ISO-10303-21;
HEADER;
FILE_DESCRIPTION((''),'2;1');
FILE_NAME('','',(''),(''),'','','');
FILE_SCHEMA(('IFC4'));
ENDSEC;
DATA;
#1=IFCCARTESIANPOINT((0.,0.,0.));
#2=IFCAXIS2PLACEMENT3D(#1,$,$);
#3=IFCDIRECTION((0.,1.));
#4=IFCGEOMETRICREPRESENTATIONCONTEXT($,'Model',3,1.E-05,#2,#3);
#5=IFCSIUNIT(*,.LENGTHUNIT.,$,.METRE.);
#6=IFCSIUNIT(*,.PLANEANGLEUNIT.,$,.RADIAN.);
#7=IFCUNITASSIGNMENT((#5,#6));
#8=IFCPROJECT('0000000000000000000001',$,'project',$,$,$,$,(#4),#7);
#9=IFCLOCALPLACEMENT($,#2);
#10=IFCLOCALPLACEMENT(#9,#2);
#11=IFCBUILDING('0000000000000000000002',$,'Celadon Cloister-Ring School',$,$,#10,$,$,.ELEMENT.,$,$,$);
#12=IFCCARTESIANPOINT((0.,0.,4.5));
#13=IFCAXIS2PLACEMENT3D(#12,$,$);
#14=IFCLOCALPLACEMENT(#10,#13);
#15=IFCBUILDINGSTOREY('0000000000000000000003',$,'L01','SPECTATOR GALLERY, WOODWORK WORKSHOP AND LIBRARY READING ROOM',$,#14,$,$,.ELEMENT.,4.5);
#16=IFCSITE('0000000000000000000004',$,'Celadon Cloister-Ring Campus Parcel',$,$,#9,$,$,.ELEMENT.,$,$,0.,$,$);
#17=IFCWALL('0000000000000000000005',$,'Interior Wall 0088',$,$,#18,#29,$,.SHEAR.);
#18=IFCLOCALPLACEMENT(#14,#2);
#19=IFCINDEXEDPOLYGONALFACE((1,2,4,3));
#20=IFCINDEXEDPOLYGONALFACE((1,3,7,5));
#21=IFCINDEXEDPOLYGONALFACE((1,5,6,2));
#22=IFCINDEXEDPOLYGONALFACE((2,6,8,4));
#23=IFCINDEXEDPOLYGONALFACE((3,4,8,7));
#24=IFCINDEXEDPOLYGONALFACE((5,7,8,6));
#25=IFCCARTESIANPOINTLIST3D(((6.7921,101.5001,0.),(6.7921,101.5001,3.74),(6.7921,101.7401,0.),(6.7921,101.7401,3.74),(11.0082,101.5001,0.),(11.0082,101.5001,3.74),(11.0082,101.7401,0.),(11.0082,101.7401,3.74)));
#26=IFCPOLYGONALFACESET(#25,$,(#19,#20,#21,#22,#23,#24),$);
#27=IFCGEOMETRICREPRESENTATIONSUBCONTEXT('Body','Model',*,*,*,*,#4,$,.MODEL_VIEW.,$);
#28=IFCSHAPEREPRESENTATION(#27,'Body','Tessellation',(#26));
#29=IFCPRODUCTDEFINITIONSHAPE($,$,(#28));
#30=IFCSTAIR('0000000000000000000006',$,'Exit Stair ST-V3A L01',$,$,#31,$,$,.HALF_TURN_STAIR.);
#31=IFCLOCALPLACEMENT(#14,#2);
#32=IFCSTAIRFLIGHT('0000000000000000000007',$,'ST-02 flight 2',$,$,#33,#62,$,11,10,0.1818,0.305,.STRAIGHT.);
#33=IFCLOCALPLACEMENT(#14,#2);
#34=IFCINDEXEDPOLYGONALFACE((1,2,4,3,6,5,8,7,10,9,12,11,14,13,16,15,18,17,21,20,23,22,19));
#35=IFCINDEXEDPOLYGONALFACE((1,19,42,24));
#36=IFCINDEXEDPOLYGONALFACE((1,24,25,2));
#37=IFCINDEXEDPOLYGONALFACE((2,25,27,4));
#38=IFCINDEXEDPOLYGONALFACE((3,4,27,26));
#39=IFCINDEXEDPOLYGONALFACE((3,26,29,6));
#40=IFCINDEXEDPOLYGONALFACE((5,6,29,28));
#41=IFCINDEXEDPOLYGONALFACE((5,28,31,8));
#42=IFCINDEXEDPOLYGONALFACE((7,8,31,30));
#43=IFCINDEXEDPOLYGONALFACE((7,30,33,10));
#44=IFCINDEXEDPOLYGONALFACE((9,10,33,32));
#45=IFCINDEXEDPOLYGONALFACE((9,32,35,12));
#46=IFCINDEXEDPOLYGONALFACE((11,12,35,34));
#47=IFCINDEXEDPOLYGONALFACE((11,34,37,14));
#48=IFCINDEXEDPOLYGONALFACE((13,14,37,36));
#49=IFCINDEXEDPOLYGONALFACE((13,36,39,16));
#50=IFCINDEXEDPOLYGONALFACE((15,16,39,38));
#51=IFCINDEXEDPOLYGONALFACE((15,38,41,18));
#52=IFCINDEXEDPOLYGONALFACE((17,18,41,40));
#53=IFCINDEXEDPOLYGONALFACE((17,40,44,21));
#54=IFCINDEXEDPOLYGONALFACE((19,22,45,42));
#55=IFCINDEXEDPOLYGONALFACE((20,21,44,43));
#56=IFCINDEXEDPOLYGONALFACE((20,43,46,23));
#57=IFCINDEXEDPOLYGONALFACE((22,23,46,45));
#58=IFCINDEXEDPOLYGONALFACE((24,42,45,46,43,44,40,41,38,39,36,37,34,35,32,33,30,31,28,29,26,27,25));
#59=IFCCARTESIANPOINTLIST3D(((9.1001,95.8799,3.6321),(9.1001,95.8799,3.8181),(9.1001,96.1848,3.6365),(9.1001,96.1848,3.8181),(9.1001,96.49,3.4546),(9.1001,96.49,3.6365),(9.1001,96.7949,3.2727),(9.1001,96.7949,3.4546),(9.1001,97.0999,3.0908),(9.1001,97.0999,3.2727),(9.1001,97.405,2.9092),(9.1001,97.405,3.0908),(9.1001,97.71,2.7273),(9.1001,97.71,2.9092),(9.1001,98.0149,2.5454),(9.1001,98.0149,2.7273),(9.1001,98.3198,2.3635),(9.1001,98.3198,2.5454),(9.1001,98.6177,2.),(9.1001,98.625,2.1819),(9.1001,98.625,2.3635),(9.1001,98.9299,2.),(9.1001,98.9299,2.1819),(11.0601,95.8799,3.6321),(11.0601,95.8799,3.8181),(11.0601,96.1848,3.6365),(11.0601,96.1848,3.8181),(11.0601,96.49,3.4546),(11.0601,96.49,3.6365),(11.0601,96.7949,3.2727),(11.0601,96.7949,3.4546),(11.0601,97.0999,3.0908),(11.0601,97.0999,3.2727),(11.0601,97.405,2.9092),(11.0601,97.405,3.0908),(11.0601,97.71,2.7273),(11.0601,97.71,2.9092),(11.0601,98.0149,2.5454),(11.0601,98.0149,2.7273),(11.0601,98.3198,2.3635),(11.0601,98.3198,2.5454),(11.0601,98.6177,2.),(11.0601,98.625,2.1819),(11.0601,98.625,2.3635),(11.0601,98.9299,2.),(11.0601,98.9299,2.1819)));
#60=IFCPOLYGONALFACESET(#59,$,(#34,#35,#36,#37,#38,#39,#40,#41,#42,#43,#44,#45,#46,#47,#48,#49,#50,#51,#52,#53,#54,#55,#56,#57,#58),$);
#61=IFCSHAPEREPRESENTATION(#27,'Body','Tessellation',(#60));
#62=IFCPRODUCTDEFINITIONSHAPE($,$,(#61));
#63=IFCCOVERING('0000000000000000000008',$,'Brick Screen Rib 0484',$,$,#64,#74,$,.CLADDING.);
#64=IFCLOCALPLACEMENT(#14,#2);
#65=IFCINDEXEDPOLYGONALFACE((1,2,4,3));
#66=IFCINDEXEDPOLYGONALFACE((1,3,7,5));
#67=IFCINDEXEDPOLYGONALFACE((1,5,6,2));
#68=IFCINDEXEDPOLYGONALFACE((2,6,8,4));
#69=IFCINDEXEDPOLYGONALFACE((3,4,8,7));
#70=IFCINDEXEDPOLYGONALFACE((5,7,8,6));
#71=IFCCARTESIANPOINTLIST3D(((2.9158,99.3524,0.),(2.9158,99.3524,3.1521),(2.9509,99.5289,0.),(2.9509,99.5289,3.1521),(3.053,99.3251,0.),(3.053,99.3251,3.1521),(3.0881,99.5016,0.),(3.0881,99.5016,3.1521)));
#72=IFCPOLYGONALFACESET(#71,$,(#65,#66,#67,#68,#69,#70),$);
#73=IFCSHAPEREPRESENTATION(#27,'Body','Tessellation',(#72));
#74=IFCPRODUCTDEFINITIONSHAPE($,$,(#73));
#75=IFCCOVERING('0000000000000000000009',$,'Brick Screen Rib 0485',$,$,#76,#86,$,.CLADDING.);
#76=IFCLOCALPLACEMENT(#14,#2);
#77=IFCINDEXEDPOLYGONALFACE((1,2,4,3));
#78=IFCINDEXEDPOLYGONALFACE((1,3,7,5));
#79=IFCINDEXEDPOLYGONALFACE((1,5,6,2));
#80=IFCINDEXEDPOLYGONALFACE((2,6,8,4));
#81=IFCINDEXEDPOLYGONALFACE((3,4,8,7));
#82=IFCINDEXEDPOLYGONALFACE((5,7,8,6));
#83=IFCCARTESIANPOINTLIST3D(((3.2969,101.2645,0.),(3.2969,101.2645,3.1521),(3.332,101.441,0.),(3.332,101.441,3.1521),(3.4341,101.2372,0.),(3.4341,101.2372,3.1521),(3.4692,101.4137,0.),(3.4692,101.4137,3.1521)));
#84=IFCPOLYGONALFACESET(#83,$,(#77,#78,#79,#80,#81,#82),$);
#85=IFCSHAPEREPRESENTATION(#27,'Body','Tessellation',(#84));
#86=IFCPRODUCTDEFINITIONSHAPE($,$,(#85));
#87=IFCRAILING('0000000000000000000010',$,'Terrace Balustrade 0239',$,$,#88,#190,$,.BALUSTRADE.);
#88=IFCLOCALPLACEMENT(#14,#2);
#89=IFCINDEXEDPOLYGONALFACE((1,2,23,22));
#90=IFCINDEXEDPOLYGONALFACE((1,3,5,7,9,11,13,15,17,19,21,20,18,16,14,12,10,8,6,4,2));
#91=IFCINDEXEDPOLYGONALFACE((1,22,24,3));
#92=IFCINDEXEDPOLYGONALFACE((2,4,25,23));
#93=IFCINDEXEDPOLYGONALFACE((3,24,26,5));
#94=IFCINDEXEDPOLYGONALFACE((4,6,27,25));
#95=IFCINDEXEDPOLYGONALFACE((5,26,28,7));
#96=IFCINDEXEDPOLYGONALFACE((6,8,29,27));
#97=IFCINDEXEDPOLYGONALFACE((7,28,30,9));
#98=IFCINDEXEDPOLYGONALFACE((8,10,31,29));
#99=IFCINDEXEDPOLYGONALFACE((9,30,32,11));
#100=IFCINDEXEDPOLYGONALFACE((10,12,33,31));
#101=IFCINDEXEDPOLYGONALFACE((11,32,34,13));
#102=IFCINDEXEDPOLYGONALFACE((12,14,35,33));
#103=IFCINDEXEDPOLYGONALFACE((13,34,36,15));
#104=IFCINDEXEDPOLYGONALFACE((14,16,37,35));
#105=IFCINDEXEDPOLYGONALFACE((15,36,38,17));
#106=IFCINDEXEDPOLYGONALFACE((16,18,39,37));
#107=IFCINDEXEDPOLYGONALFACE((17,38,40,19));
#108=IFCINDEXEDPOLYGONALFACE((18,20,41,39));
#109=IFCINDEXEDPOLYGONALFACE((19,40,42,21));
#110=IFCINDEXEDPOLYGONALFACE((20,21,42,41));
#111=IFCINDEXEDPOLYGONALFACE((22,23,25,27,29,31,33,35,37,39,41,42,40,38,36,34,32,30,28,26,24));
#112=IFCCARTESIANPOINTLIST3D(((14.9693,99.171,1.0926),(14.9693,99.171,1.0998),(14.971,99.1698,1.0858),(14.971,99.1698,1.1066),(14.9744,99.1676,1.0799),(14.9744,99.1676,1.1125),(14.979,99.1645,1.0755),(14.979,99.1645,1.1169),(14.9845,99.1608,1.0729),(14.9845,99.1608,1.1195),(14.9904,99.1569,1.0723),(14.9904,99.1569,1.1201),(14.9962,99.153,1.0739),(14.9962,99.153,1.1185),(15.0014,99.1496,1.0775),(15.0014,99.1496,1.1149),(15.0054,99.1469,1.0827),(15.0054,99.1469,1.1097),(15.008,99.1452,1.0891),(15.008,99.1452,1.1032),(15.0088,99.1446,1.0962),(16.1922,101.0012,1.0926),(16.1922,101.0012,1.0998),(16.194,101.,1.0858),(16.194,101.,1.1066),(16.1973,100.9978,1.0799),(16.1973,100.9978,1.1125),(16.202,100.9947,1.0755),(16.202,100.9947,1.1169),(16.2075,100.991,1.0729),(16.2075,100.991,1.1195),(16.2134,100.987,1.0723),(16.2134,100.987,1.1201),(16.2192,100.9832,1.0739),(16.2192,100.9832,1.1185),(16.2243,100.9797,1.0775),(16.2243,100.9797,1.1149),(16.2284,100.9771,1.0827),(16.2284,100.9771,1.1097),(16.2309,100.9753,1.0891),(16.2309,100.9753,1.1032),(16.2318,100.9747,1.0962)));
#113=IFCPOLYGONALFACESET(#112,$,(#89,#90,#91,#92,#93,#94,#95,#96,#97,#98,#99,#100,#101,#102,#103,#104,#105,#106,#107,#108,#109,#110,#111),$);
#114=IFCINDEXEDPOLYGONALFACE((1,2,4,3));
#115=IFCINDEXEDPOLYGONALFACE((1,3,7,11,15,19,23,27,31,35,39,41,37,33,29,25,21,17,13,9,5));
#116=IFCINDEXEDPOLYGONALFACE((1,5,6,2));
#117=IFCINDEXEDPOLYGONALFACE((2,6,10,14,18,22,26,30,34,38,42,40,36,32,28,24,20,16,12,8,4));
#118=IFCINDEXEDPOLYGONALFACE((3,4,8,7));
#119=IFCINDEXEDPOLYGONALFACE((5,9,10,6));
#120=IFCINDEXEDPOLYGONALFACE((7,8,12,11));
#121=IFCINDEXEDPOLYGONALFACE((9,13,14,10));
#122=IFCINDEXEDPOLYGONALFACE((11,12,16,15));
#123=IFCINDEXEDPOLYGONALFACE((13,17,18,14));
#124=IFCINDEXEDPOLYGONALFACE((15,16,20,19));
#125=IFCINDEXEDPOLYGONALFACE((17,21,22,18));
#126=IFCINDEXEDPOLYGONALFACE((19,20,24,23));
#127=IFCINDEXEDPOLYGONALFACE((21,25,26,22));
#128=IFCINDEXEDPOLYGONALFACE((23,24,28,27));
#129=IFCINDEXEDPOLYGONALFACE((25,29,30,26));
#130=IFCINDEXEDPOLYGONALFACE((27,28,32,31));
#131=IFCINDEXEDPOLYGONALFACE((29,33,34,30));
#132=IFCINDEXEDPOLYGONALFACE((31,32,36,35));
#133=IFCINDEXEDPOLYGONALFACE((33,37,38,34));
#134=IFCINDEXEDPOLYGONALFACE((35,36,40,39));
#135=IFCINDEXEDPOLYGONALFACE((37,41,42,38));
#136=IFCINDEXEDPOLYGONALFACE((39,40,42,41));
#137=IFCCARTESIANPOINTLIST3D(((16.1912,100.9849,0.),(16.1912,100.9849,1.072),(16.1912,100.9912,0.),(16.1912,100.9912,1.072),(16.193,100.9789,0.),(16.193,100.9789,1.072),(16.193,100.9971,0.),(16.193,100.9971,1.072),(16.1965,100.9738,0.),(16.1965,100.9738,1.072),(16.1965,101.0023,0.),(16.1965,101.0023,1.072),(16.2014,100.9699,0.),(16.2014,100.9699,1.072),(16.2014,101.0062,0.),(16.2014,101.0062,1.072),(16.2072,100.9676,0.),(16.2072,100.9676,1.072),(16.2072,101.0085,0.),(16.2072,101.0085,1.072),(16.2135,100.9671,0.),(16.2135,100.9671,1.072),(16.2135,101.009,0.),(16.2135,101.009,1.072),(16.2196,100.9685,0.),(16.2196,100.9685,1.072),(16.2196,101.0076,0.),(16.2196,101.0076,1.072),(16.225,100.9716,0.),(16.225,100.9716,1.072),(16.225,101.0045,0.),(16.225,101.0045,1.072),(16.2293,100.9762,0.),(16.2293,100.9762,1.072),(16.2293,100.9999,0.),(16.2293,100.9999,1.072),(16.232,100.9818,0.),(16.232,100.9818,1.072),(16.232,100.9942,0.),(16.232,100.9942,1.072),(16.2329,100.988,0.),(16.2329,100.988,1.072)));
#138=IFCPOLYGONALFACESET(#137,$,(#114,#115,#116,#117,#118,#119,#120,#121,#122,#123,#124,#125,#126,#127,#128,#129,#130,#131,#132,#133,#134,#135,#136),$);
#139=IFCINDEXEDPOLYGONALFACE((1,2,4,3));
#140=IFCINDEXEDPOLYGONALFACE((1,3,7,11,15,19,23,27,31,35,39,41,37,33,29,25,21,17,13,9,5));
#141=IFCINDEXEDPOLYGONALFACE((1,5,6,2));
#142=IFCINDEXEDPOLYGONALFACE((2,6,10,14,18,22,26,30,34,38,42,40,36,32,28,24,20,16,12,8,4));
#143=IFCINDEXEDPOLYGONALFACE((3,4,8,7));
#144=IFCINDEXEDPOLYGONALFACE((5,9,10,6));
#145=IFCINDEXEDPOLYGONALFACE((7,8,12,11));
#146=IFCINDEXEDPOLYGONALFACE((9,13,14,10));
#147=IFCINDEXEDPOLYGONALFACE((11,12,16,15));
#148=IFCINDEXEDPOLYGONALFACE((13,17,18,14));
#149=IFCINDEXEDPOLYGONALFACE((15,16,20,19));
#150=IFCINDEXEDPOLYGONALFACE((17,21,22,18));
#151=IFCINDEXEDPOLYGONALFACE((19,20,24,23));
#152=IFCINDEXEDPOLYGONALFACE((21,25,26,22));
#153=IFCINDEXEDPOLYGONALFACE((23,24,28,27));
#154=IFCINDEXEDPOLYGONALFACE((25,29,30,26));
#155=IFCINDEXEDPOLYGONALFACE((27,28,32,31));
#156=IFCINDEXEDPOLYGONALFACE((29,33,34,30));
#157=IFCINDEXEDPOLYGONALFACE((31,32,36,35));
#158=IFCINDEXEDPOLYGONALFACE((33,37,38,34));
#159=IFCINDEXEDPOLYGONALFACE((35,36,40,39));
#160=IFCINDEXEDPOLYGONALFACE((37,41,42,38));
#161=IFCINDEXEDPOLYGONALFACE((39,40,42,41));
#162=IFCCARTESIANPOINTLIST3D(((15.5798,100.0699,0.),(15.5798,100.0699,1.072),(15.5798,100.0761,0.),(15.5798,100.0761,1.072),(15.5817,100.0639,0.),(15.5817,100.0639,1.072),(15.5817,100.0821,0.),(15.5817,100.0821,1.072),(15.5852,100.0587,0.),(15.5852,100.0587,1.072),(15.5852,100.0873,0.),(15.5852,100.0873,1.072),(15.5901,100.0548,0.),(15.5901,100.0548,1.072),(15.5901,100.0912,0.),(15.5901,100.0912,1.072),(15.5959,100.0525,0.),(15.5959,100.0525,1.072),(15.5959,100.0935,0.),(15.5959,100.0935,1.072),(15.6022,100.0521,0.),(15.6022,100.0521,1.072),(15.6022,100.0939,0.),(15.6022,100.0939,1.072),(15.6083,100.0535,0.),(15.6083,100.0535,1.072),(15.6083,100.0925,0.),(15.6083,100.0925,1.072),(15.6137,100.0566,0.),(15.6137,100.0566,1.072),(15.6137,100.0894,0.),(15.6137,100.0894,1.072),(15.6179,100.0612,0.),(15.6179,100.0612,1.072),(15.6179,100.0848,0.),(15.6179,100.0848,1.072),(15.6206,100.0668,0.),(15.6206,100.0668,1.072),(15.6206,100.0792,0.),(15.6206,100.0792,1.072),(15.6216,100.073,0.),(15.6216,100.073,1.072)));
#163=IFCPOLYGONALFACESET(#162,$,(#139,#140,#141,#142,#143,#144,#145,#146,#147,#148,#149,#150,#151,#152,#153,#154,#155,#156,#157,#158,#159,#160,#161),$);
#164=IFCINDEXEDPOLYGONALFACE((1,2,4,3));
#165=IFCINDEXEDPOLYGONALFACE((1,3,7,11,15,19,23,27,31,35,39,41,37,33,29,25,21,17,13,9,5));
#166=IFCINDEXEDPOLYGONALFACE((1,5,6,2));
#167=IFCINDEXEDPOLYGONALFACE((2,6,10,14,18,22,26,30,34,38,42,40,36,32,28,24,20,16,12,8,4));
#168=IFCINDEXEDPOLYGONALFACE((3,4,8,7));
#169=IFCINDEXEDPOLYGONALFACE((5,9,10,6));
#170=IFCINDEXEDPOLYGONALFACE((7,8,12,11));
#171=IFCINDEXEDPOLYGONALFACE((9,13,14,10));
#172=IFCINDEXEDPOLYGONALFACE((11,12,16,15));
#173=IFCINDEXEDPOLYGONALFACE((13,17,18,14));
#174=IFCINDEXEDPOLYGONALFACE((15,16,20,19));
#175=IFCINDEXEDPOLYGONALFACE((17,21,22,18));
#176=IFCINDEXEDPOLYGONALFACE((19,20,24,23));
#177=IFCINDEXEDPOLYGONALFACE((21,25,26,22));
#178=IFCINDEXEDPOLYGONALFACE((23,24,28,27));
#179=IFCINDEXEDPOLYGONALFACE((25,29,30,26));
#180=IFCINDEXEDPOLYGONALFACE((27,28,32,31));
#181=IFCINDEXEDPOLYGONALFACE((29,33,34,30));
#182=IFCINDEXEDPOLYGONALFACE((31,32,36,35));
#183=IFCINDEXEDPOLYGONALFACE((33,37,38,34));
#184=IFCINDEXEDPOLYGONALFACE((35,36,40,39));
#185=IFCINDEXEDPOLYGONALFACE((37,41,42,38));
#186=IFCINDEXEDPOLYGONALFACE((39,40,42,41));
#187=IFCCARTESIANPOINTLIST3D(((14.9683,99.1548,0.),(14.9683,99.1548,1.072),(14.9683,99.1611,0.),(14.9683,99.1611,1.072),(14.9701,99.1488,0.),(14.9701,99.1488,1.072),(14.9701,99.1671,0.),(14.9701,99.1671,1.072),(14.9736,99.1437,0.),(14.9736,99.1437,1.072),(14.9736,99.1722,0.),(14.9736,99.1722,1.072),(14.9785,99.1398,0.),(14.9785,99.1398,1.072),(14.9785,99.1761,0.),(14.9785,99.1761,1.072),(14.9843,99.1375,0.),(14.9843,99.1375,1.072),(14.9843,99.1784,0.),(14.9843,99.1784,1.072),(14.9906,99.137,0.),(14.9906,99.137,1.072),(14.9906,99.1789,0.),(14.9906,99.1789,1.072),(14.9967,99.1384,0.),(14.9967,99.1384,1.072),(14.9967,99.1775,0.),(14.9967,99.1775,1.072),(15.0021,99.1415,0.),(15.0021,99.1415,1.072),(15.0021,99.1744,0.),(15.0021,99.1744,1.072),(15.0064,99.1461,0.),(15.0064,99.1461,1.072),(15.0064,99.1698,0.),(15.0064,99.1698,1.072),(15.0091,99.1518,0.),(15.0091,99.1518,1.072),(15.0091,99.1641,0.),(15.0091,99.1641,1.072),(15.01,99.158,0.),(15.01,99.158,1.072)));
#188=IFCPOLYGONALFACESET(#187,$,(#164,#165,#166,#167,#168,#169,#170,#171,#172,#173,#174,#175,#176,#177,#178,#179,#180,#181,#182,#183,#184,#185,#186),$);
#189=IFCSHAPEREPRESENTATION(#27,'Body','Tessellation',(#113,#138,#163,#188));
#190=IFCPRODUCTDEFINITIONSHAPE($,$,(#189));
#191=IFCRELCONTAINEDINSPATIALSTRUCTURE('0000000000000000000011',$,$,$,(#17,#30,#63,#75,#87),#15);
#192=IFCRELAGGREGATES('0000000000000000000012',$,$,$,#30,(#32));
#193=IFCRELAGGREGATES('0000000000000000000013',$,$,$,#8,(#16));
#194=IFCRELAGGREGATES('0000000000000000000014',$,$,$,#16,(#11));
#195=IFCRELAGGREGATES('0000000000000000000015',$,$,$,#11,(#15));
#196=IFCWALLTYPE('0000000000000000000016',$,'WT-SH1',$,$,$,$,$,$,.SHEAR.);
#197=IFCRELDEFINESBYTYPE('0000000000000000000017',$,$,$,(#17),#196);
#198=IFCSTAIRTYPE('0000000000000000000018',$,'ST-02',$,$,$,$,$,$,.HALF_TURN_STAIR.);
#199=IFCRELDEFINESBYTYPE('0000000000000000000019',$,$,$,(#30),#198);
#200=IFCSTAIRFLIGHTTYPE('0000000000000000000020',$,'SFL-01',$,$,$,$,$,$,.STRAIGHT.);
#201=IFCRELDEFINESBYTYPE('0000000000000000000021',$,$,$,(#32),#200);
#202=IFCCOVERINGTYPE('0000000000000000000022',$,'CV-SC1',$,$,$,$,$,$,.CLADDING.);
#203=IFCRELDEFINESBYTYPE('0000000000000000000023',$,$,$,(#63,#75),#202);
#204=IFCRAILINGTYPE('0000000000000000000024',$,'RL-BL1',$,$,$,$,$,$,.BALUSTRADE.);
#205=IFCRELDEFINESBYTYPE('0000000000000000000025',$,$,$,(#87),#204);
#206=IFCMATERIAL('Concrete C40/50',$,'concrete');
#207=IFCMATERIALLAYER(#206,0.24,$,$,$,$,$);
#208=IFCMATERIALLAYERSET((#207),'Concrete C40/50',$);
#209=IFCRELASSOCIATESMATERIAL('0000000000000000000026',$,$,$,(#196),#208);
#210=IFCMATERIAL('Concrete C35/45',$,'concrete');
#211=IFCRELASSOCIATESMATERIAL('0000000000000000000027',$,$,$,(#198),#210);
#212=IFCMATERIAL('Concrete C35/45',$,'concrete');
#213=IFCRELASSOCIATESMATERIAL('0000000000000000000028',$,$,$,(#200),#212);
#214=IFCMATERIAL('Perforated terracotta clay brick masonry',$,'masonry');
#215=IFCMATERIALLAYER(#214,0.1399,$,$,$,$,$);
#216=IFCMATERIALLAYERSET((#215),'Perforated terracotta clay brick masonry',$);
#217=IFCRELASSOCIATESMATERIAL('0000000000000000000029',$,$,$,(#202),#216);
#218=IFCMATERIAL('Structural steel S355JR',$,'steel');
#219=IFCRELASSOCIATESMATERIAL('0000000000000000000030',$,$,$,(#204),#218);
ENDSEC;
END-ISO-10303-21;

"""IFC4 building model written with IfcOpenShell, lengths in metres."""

from ifc_helpers import new_model, si_unit, direction, frame, frame_2d, origin, origin_2d, place, context, subcontext, project, spatial, polyline, rectangle, circle, outline, extrude, material, layer, layer_set, type_object, element, aggregate, save


model = new_model("IFC4")

# Units and contexts
model_context = context("Model", 3, precision=1e-05, world=origin(), true_north=direction((0.0, 1.0)))
body_context = subcontext(model_context, "Body", "Model", "MODEL_VIEW")
ifc_project = project(units=[si_unit("LENGTHUNIT", "METRE"), si_unit("PLANEANGLEUNIT", "RADIAN")], contexts=[model_context])

# Site, building, storey
site_placement = place(None, origin())
site = spatial("IfcSite", under=ifc_project, at=site_placement, Name="Celadon Cloister-Ring Campus Parcel", CompositionType="ELEMENT", RefElevation=0.0)
building_placement = place(site_placement, origin())
building = spatial("IfcBuilding", under=site, at=building_placement, Name="Celadon Cloister-Ring School", CompositionType="ELEMENT")
storey_placement = place(building_placement, frame((0.0, 0.0, 4.5)))
storey = spatial("IfcBuildingStorey", under=building, at=storey_placement, Name="L01", Description="SPECTATOR GALLERY, WOODWORK WORKSHOP AND LIBRARY READING ROOM", CompositionType="ELEMENT", Elevation=4.5)

# Shared definitions
ifc_material_1 = material(Name="Concrete C40/50", Category="concrete")
ifc_layer_1 = layer(ifc_material_1, 0.24)
ifc_layer_set_1 = layer_set([ifc_layer_1], Name="Concrete C40/50")
wall_type_1 = type_object("IfcWallType", Name="WT-SH1", PredefinedType="SHEAR", material=ifc_layer_set_1)

# Wall
wall_1_placement = place(storey_placement, frame((11.0081, 101.6201, 0.0), z_axis=(0.0, 0.0, 1.0), x_axis=(-1.0, 0.0, 0.0)))
element("IfcWall", 1, at=wall_1_placement, inside=storey, type_object=wall_type_1, Name="Interior Wall 0088", PredefinedType="SHEAR", context=body_context, shape_type="SweptSolid", body=[
    extrude(rectangle(XDim=4.2161, YDim=0.24, at=frame_2d((2.1079, 0.0))), origin(), (0.0, 0.0, 1.0), 3.74),
])

# Stair, stair flight
ifc_material_2 = material(Name="Concrete C35/45", Category="concrete")
stair_type = type_object("IfcStairType", Name="ST-02", PredefinedType="HALF_TURN_STAIR", material=ifc_material_2)
stair_placement = place(storey_placement, origin())
stair = element("IfcStair", 2, at=stair_placement, inside=storey, type_object=stair_type, Name="Exit Stair ST-V3A L01", PredefinedType="HALF_TURN_STAIR")
ifc_material_3 = material(Name="Concrete C35/45", Category="concrete")
stair_flight_type = type_object("IfcStairFlightType", Name="SFL-01", PredefinedType="STRAIGHT", material=ifc_material_3)
stair_flight_placement = place(storey_placement, frame((10.0801, 98.9299, 2.0), z_axis=(0.0, 0.0, 1.0), x_axis=(0.0, -1.0, 0.0)))
stair_flight = element("IfcStairFlight", 3, at=stair_flight_placement, type_object=stair_flight_type, Name="ST-02 flight 2", NumberOfRisers=11, NumberOfTreads=10, PredefinedType="STRAIGHT", RiserHeight=0.1818, TreadLength=0.305, context=body_context, shape_type="SweptSolid", body=[
    extrude(outline(polyline([(0.0, 0.0), (0.0, 0.1819), (0.3049, 0.1819), (0.3049, 0.3635), (0.6101, 0.3635), (0.6101, 0.5454), (0.915, 0.5454), (0.915, 0.7273), (1.22, 0.7273), (1.22, 0.9092), (1.5249, 0.9092), (1.5249, 1.0908), (1.8301, 1.0908), (1.8301, 1.2727), (2.135, 1.2727), (2.135, 1.4546), (2.4399, 1.4546), (2.4399, 1.6365), (2.7451, 1.6365), (2.7451, 1.8181), (3.05, 1.8181), (3.05, 2.0), (3.05, 1.6321), (0.3123, 0.0), (0.0, 0.0)])), frame((0.0, 0.98, 0.0), z_axis=(0.0, -1.0, 0.0), x_axis=(1.0, 0.0, 0.0)), (0.0, 0.0, 1.0), 1.96),
])
aggregate(stair, [stair_flight])

# Coverings
ifc_material_4 = material(Name="Perforated terracotta clay brick masonry", Category="masonry")
ifc_layer_2 = layer(ifc_material_4, 0.1399)
ifc_layer_set_2 = layer_set([ifc_layer_2], Name="Perforated terracotta clay brick masonry")
covering_type = type_object("IfcCoveringType", Name="CV-SC1", PredefinedType="CLADDING", material=ifc_layer_set_2)
for number, where, z_axis, x_axis, name in (
    (4, (3.002, 99.427, 0.0), (0.0, 0.0, 1.0), (0.195142, 0.980775, 0.0), "Brick Screen Rib 0484"),
    (5, (3.3831, 101.3391, 0.0), (0.0, 0.0, 1.0), (0.195142, 0.980775, 0.0), "Brick Screen Rib 0485"),
):
    element("IfcCovering", number, at=place(storey_placement, frame(where, z_axis=z_axis, x_axis=x_axis)), inside=storey, type_object=covering_type, Name=name, PredefinedType="CLADDING", context=body_context, shape_type="SweptSolid", body=[
        extrude(rectangle(XDim=0.1799, YDim=0.1399, at=origin_2d()), origin(), (0.0, 0.0, 1.0), 3.1521),
    ])

# Railing
ifc_material_5 = material(Name="Structural steel S355JR", Category="steel")
railing_type_1 = type_object("IfcRailingType", Name="RL-BL1", PredefinedType="BALUSTRADE", material=ifc_material_5)
railing_1_placement = place(storey_placement, frame((16.2119, 100.988, 0.0)))
element("IfcRailing", 6, at=railing_1_placement, inside=storey, type_object=railing_type_1, Name="Terrace Balustrade 0239", PredefinedType="BALUSTRADE", context=body_context, shape_type="SweptSolid", body=[
    extrude(circle(Radius=0.0239, at=origin_2d()), frame((0.0, 0.0, 1.0962), z_axis=(-0.555596, -0.831453, 0.0), x_axis=(0.831453, -0.555596, 0.0)), (0.0, 0.0, 1.0), 2.2012),
    extrude(circle(Radius=0.021, at=origin_2d()), origin(), (0.0, 0.0, 1.0), 1.072),
    extrude(circle(Radius=0.021, at=origin_2d()), frame((-0.6113, -0.915, 0.0)), (0.0, 0.0, 1.0), 1.072),
    extrude(circle(Radius=0.021, at=origin_2d()), frame((-1.2229, -1.8301, 0.0)), (0.0, 0.0, 1.0), 1.072),
])

save(model, "model.ifc")
